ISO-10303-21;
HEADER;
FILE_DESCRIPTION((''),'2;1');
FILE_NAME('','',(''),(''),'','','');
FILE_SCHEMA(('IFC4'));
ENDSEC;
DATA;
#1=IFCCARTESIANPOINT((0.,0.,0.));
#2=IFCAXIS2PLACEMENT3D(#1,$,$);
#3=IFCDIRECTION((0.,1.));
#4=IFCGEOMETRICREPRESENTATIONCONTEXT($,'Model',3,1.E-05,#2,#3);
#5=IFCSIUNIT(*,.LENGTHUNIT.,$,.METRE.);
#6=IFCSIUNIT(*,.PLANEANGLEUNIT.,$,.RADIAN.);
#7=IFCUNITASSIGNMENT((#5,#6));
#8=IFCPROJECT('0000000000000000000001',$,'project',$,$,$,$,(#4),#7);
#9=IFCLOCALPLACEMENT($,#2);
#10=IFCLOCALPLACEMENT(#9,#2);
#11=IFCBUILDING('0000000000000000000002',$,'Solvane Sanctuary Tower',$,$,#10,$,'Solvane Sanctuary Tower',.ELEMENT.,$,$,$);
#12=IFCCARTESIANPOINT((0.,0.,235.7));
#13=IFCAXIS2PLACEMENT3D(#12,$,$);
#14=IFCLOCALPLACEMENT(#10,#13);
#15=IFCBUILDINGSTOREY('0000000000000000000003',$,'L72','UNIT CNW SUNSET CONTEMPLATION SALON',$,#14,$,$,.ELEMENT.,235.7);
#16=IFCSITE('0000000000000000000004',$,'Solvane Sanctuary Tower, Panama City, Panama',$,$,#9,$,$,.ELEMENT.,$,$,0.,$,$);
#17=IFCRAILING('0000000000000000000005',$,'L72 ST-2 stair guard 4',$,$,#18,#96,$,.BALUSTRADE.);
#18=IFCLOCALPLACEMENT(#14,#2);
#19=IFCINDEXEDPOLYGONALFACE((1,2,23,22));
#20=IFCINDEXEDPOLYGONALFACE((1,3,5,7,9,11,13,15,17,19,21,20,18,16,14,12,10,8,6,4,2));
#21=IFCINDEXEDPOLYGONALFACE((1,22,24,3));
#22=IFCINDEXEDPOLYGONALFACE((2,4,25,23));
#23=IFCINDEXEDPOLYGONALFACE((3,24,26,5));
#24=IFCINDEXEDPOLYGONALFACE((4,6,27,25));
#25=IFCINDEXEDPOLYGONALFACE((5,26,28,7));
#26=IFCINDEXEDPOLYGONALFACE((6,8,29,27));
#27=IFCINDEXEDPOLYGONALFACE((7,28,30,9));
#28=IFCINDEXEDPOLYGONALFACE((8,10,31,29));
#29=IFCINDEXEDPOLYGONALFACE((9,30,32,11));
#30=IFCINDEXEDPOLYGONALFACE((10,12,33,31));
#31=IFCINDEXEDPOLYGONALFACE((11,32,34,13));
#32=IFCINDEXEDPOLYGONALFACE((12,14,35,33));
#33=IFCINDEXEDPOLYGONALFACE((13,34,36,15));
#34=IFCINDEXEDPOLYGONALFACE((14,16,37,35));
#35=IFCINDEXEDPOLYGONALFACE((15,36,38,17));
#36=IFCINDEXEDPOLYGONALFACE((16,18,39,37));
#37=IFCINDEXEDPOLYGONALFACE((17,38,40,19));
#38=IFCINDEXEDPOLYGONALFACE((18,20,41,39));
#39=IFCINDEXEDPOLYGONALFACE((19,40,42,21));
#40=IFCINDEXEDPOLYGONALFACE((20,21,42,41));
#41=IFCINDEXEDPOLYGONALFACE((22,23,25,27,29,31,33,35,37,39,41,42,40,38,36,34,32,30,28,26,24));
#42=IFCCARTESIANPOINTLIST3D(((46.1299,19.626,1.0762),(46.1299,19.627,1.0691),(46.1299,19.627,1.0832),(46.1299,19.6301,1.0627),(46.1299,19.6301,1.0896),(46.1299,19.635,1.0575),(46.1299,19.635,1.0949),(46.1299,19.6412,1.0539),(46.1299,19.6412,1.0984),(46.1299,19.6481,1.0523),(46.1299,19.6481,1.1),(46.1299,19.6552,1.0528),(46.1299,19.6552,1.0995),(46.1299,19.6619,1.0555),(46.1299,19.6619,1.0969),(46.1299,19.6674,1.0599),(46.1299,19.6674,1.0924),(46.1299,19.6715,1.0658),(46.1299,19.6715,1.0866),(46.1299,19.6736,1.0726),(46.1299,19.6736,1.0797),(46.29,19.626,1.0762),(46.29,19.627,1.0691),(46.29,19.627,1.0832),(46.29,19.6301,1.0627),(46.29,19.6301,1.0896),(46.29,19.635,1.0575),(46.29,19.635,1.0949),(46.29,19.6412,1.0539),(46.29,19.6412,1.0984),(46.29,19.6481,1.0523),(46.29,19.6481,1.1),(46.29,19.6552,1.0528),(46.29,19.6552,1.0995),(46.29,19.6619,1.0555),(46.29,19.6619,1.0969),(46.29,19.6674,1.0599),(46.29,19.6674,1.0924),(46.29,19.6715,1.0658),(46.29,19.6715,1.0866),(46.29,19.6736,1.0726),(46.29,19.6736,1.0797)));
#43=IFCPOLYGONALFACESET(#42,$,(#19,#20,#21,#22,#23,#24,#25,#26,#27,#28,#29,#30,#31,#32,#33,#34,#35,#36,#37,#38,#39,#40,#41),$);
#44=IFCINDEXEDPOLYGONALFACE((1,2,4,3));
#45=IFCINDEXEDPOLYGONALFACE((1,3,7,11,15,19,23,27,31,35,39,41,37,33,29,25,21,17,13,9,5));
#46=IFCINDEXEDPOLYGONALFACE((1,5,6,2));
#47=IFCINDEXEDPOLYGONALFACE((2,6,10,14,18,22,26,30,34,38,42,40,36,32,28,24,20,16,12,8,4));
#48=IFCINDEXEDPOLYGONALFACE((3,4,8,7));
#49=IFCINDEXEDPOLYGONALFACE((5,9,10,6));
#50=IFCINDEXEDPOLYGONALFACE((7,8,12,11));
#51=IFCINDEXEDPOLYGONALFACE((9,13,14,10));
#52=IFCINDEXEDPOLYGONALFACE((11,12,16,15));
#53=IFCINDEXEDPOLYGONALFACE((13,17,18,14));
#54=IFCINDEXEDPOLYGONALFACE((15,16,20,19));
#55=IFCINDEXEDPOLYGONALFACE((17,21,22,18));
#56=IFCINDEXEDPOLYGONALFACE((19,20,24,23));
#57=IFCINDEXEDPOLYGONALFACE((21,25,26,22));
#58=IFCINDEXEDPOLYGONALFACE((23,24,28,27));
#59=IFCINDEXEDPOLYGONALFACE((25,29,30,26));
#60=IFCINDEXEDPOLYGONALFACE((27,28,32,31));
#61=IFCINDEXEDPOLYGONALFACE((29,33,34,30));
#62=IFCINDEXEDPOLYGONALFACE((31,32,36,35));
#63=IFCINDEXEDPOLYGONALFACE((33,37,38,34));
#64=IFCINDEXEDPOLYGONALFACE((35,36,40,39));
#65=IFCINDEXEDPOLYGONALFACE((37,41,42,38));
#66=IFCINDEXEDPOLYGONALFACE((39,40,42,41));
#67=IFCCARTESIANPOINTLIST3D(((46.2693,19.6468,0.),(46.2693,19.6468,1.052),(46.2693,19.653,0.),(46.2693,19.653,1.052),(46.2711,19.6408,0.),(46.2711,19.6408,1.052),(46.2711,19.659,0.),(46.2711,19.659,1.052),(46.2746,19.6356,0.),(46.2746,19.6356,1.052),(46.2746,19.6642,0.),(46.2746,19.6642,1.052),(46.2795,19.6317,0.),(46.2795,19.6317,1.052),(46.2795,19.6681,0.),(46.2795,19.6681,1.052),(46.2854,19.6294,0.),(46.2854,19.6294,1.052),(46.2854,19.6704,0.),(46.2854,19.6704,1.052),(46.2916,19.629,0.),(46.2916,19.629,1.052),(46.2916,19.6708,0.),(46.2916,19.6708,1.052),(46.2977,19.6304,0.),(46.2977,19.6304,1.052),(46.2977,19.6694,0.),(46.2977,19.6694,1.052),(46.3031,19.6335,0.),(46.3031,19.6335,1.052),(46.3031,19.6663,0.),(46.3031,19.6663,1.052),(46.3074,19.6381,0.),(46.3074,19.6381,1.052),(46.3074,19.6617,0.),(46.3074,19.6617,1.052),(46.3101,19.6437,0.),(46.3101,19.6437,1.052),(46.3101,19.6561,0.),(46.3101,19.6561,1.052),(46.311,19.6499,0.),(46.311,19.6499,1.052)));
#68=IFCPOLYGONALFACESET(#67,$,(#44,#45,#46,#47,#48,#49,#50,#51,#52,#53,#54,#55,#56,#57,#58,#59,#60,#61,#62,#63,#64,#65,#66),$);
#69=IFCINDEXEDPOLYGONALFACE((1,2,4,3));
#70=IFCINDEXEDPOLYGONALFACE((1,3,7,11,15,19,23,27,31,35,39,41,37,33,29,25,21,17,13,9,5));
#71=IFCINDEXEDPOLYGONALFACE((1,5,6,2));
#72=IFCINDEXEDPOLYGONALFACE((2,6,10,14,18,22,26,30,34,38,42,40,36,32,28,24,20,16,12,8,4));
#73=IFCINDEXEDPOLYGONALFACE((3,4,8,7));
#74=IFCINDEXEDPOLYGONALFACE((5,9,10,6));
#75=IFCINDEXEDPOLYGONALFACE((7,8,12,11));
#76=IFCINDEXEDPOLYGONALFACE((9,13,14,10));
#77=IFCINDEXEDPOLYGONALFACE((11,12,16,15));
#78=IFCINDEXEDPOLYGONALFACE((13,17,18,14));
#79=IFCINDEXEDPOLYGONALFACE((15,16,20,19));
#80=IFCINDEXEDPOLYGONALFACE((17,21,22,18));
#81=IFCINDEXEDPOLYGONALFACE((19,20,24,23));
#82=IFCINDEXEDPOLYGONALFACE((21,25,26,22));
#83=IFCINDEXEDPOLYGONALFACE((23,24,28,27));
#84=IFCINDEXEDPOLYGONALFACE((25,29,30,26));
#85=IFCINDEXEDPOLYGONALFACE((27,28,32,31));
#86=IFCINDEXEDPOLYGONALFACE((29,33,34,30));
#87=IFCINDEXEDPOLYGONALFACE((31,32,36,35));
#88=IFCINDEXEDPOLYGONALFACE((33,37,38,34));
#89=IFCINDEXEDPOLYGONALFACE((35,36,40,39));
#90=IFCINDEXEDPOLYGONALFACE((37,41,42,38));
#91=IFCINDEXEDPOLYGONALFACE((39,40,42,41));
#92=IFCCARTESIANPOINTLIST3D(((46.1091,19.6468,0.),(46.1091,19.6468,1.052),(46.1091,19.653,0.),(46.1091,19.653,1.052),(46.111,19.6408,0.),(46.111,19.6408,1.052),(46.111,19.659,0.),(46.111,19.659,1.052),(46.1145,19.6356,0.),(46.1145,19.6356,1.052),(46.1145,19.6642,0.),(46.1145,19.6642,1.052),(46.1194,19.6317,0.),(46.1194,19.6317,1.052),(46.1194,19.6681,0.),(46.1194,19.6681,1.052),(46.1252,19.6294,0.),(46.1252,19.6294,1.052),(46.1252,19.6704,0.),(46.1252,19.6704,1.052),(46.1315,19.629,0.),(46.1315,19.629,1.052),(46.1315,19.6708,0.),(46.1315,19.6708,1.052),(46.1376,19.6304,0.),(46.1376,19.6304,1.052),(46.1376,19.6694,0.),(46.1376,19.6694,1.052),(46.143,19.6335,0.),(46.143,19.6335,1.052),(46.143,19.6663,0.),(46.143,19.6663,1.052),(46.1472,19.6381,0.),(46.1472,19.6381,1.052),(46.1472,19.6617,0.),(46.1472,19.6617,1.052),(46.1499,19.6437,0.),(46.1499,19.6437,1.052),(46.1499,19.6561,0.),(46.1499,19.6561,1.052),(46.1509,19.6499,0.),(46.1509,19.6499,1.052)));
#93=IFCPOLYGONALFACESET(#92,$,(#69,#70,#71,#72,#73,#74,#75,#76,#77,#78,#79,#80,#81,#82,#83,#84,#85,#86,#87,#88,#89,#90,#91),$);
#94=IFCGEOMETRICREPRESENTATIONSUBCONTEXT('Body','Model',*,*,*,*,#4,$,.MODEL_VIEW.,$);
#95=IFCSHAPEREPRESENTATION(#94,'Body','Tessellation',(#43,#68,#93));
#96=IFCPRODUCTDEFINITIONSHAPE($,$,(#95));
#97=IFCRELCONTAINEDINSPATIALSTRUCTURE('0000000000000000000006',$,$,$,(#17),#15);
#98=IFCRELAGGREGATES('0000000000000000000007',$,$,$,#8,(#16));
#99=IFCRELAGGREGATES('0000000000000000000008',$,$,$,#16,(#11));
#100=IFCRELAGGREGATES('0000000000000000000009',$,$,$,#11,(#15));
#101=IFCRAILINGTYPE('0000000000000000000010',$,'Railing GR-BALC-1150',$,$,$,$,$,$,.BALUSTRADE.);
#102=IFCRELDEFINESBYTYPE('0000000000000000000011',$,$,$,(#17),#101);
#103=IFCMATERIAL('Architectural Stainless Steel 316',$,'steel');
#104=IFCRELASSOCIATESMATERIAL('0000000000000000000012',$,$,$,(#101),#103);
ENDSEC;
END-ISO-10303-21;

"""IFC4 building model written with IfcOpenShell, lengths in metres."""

from ifc_helpers import new_model, si_unit, direction, frame, origin, origin_2d, place, context, subcontext, project, spatial, circle, extrude, material, type_object, element, save


model = new_model("IFC4")

# Units and contexts
model_context = context("Model", 3, precision=1e-05, world=origin(), true_north=direction((0.0, 1.0)))
body_context = subcontext(model_context, "Body", "Model", "MODEL_VIEW")
ifc_project = project(units=[si_unit("LENGTHUNIT", "METRE"), si_unit("PLANEANGLEUNIT", "RADIAN")], contexts=[model_context])

# Site, building, storey
site_placement = place(None, origin())
site = spatial("IfcSite", under=ifc_project, at=site_placement, Name="Solvane Sanctuary Tower, Panama City, Panama", CompositionType="ELEMENT", RefElevation=0.0)
building_placement = place(site_placement, origin())
building = spatial("IfcBuilding", under=site, at=building_placement, Name="Solvane Sanctuary Tower", LongName="Solvane Sanctuary Tower", CompositionType="ELEMENT")
storey_placement = place(building_placement, frame((0.0, 0.0, 235.7)))
storey = spatial("IfcBuildingStorey", under=building, at=storey_placement, Name="L72", Description="UNIT CNW SUNSET CONTEMPLATION SALON", CompositionType="ELEMENT", Elevation=235.7)

# Shared definitions
ifc_material_1 = material(Name="Architectural Stainless Steel 316", Category="steel")

# Railing
railing_type_1 = type_object("IfcRailingType", Name="Railing GR-BALC-1150", PredefinedType="BALUSTRADE", material=ifc_material_1)
railing_1_placement = place(storey_placement, frame((46.29, 19.6499, 0.0)))
element("IfcRailing", 1, at=railing_1_placement, inside=storey, type_object=railing_type_1, Name="L72 ST-2 stair guard 4", PredefinedType="BALUSTRADE", context=body_context, shape_type="SweptSolid", body=[
    extrude(circle(Radius=0.0239, at=origin_2d()), frame((0.0, 0.0, 1.0762), z_axis=(-1.0, 0.0, 0.0), x_axis=(0.0, -1.0, 0.0)), (0.0, 0.0, 1.0), 0.1602),
    extrude(circle(Radius=0.021, at=origin_2d()), origin(), (0.0, 0.0, 1.0), 1.052),
    extrude(circle(Radius=0.021, at=origin_2d()), frame((-0.1602, 0.0, 0.0)), (0.0, 0.0, 1.0), 1.052),
])

save(model, "model.ifc")
